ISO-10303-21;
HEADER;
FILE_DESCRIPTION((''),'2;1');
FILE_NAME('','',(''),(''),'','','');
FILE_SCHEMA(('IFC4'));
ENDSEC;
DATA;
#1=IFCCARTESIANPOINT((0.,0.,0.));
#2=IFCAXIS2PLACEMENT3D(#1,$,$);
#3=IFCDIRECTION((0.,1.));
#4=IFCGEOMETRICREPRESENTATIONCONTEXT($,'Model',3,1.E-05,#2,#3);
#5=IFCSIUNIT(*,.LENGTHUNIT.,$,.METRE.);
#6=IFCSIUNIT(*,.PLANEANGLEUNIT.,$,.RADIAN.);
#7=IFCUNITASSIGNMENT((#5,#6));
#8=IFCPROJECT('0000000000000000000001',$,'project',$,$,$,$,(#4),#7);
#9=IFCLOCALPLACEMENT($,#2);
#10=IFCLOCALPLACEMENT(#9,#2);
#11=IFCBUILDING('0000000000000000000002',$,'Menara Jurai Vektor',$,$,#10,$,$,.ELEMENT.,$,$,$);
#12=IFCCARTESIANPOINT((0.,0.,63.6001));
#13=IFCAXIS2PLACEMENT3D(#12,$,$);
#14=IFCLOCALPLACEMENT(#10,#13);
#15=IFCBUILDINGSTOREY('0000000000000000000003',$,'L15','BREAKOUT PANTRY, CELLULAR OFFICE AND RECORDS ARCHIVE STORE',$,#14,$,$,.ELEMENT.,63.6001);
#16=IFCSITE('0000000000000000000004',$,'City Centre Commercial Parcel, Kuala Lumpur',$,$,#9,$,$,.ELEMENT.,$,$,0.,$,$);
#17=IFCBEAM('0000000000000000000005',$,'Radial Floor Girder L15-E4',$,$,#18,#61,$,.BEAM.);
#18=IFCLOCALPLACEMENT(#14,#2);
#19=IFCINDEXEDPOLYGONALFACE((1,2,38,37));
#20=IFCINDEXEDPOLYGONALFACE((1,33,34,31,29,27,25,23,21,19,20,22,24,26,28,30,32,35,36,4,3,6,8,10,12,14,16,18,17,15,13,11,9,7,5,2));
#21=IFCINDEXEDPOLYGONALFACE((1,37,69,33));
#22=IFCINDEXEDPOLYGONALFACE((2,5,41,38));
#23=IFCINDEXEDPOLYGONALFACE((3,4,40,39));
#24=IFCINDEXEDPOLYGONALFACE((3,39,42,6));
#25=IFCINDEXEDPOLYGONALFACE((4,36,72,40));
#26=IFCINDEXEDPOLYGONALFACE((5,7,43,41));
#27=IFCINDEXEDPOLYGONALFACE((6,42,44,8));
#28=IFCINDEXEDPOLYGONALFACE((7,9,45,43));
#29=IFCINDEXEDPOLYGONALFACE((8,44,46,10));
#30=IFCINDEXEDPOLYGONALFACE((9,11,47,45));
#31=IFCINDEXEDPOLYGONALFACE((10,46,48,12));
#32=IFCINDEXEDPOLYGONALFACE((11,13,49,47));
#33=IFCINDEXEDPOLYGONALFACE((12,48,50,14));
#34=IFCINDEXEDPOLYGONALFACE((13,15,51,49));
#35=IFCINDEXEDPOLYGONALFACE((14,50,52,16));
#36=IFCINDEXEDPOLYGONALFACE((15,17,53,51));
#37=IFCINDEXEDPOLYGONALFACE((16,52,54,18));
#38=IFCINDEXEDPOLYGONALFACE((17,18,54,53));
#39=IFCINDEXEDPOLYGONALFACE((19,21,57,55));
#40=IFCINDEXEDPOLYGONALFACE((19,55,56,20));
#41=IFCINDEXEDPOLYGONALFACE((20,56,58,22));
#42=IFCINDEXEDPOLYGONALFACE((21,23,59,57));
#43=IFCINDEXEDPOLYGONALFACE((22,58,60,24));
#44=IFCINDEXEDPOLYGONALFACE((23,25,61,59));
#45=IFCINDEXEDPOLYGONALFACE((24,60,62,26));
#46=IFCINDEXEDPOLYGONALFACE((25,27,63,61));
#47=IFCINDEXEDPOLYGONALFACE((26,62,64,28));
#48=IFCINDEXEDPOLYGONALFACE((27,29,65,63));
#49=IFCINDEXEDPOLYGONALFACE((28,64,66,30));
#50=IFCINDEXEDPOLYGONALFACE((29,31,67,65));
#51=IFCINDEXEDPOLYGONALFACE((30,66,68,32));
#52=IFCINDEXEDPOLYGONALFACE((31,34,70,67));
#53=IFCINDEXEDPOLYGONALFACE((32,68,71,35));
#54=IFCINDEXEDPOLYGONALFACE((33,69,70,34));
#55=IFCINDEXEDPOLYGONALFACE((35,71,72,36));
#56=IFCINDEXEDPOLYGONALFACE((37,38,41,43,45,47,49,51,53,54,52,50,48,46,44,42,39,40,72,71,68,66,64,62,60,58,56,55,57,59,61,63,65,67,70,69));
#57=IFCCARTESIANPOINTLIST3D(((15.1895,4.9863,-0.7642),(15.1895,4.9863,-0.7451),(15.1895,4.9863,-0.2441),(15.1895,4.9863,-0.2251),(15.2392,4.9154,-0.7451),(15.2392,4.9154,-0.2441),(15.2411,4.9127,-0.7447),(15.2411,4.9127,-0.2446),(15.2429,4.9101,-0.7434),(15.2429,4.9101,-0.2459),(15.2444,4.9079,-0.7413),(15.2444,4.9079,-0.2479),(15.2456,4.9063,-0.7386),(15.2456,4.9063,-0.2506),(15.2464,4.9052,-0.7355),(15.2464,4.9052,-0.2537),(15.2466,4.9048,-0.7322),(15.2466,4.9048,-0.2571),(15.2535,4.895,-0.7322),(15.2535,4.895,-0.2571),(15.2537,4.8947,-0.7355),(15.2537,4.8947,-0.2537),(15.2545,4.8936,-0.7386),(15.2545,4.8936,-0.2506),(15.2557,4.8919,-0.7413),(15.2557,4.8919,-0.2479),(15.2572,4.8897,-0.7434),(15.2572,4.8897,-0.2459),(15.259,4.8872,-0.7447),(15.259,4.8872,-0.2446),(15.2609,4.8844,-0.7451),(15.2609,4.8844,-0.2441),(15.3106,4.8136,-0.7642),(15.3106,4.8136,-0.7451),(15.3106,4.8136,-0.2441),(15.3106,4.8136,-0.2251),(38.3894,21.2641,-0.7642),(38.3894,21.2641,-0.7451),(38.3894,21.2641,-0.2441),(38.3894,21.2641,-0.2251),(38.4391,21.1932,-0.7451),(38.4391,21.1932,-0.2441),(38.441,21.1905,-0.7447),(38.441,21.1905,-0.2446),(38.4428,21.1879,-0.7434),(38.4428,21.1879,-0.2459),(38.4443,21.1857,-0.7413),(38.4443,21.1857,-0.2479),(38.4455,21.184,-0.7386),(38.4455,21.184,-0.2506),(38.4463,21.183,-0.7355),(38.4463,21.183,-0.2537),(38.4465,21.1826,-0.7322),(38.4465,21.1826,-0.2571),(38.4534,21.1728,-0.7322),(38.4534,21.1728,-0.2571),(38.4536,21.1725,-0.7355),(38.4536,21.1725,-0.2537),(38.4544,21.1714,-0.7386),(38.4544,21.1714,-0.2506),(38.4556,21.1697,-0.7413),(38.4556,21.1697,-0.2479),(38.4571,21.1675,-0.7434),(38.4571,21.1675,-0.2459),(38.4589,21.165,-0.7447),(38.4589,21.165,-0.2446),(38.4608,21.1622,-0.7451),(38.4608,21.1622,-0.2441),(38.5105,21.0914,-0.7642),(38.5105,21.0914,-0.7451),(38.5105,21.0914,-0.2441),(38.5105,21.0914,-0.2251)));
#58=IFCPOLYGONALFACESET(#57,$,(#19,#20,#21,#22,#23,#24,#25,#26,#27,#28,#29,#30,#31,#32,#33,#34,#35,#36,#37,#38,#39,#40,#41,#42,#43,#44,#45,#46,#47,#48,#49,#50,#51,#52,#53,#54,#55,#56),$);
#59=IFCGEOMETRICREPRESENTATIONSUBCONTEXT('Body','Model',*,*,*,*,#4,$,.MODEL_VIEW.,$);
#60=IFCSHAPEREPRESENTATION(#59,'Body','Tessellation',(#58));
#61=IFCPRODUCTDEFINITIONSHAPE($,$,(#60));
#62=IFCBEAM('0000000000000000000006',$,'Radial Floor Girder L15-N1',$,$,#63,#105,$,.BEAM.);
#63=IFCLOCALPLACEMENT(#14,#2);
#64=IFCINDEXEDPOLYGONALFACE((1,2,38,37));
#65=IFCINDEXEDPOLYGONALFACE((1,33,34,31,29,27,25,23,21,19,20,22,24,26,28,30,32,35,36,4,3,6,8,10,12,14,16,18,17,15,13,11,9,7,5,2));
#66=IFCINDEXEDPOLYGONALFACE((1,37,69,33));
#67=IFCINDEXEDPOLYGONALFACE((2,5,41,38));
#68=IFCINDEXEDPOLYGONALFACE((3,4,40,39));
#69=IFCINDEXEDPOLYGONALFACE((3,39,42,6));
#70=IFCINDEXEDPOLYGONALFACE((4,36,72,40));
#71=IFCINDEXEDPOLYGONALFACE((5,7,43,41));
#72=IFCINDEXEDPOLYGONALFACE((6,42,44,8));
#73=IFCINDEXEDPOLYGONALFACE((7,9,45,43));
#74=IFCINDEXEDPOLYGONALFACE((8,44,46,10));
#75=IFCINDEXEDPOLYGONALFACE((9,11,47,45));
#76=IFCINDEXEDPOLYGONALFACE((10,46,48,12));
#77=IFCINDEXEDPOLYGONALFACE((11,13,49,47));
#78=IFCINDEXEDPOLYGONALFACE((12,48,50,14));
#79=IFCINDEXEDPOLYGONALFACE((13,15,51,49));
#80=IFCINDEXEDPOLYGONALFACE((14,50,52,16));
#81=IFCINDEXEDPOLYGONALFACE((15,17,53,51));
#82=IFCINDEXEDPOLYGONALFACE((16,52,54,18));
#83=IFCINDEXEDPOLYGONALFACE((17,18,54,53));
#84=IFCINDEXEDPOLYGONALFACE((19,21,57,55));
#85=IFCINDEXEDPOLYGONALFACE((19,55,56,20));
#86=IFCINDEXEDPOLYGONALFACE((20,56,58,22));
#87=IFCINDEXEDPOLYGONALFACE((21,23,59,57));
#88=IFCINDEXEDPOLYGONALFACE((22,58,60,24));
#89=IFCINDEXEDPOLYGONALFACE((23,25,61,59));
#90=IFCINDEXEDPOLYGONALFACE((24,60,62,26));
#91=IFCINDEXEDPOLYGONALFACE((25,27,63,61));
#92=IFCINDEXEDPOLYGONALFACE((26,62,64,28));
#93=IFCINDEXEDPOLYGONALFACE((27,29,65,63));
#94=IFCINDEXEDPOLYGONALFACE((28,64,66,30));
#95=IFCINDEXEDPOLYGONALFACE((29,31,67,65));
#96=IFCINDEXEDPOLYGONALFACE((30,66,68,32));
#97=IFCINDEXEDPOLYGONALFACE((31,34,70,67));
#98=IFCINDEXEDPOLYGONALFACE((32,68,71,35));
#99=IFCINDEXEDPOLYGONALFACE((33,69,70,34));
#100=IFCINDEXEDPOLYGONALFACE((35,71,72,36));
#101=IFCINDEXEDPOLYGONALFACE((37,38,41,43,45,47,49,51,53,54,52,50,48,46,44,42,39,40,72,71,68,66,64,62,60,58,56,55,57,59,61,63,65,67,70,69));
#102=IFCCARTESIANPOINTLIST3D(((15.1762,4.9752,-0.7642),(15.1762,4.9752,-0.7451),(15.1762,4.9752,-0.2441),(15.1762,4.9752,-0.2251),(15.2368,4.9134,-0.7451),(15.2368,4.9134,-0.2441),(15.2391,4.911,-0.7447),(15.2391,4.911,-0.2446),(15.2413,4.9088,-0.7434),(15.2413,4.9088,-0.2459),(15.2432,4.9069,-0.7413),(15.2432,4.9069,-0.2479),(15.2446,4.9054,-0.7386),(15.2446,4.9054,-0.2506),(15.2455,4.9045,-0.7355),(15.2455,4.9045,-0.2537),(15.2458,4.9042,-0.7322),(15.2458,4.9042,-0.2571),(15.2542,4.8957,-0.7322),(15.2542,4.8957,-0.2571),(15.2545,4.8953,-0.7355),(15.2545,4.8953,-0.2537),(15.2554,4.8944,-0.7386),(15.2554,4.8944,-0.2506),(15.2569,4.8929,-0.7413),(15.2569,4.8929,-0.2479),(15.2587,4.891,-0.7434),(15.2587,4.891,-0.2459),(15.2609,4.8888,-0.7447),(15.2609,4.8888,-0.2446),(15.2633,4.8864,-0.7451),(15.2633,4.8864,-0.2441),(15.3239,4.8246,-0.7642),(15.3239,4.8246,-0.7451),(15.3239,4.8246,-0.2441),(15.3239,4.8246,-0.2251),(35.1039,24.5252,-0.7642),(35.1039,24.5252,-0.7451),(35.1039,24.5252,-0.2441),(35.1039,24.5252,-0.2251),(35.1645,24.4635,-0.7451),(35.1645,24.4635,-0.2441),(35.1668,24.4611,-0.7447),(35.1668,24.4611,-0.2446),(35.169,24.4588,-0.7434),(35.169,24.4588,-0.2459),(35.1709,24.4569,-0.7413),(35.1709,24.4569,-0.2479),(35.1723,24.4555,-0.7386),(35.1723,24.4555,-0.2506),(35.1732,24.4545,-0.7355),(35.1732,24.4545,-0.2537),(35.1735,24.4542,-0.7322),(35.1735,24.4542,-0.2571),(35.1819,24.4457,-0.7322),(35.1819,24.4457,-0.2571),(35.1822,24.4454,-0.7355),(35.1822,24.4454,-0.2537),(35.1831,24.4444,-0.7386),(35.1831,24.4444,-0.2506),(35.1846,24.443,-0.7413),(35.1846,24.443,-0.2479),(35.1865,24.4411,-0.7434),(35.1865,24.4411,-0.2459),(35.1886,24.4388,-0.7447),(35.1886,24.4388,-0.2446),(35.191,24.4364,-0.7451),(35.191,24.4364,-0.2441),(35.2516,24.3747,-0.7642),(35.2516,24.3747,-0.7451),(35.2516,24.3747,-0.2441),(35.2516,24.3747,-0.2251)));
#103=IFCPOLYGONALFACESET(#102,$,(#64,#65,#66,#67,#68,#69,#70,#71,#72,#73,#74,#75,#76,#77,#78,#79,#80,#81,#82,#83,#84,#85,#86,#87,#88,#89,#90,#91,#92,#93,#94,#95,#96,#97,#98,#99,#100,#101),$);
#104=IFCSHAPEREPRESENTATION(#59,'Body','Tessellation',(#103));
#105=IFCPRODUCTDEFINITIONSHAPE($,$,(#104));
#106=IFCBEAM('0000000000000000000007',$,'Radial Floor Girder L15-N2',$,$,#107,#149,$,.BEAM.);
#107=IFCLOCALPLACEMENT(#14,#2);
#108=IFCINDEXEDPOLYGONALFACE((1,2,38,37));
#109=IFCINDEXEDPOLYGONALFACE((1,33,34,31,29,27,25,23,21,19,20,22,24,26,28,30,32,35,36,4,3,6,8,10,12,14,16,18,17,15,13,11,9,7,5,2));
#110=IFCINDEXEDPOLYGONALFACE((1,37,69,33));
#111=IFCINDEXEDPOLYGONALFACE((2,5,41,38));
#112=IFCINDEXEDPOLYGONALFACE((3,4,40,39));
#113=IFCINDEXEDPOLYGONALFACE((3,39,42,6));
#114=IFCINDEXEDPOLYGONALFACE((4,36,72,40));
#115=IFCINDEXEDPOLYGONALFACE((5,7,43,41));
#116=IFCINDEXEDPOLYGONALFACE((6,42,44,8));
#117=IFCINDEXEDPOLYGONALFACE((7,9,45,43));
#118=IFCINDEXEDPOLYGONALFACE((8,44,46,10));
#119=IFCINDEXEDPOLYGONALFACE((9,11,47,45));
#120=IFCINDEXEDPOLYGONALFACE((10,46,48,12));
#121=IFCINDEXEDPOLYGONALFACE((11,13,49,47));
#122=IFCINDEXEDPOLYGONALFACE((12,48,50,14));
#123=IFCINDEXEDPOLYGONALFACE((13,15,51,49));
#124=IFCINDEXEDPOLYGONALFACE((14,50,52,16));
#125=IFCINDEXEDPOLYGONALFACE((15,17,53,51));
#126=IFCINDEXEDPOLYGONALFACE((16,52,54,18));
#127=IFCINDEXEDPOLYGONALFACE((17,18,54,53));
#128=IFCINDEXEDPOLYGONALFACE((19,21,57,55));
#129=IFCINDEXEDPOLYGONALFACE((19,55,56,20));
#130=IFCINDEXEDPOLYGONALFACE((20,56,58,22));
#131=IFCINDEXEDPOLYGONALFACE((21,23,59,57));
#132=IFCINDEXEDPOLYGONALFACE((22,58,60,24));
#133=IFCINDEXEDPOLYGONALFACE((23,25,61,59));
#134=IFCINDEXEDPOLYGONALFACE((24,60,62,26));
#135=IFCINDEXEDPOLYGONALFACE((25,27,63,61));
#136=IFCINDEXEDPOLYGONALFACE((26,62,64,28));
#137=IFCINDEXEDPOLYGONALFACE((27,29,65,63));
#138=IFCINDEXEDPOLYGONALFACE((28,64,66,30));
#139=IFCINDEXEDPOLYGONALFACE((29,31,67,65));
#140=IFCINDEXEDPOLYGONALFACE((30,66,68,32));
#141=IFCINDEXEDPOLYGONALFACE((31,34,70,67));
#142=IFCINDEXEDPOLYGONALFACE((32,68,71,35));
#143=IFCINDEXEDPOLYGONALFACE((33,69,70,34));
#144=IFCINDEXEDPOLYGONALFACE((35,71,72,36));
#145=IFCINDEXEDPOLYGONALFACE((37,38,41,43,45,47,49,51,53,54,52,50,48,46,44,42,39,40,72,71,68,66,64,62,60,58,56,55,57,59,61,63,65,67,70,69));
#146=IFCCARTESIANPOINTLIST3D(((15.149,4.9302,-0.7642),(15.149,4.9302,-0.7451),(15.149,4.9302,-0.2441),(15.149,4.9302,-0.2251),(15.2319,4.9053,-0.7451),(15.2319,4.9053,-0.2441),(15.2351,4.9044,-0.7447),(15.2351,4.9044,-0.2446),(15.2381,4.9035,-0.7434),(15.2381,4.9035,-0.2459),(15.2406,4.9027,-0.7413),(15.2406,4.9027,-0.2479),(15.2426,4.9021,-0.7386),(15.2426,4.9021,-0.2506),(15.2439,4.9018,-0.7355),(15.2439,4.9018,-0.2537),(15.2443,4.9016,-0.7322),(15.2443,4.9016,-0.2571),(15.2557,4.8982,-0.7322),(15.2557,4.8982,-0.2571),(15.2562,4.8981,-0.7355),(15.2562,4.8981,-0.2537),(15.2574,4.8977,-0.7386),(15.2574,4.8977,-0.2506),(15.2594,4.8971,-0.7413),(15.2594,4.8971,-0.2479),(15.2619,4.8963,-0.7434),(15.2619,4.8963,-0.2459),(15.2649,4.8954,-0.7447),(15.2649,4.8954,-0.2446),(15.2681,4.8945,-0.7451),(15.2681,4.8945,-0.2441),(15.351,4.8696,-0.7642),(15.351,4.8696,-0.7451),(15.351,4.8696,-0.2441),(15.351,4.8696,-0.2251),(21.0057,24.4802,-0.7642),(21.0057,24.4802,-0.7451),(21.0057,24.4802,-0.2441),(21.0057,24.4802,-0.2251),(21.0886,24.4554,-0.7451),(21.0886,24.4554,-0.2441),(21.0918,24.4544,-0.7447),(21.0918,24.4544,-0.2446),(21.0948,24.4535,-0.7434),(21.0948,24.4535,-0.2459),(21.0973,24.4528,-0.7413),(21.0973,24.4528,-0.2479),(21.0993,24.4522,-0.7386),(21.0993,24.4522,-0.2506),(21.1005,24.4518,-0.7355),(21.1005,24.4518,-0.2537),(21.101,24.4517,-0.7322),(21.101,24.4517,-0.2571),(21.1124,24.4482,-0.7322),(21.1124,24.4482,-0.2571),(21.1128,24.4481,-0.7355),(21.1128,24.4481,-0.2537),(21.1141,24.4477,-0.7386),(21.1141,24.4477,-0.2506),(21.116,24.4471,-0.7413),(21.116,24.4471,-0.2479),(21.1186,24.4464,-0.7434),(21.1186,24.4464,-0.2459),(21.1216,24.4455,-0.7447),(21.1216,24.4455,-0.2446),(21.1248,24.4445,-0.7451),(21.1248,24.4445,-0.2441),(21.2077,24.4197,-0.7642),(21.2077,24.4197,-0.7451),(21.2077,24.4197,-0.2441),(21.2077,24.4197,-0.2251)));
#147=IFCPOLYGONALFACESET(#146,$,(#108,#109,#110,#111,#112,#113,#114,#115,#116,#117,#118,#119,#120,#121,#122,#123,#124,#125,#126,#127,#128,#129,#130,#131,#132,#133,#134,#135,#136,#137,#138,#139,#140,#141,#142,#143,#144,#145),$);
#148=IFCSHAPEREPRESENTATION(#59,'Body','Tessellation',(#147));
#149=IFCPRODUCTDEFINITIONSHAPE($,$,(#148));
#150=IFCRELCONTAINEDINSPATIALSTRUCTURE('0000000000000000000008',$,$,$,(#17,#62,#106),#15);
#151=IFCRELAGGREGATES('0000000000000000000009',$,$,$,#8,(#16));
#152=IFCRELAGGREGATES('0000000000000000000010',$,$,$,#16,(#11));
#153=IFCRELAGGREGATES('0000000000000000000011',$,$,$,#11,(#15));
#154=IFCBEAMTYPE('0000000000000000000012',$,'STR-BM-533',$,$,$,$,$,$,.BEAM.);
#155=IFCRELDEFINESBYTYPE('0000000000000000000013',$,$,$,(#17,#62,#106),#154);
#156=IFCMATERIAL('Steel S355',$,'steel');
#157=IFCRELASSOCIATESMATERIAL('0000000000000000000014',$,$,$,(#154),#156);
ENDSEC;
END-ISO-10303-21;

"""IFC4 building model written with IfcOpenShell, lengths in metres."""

from ifc_helpers import new_model, si_unit, direction, frame, origin, origin_2d, place, context, subcontext, project, spatial, i_section, extrude, material, material_profile, profile_set, type_object, element, save


model = new_model("IFC4")

# Units and contexts
model_context = context("Model", 3, precision=1e-05, world=origin(), true_north=direction((0.0, 1.0)))
body_context = subcontext(model_context, "Body", "Model", "MODEL_VIEW")
ifc_project = project(units=[si_unit("LENGTHUNIT", "METRE"), si_unit("PLANEANGLEUNIT", "RADIAN")], contexts=[model_context])

# Site, building, storey
site_placement = place(None, origin())
site = spatial("IfcSite", under=ifc_project, at=site_placement, Name="City Centre Commercial Parcel, Kuala Lumpur", CompositionType="ELEMENT", RefElevation=0.0)
building_placement = place(site_placement, origin())
building = spatial("IfcBuilding", under=site, at=building_placement, Name="Menara Jurai Vektor", CompositionType="ELEMENT")
storey_placement = place(building_placement, frame((0.0, 0.0, 63.6001)))
storey = spatial("IfcBuildingStorey", under=building, at=storey_placement, Name="L15", Description="BREAKOUT PANTRY, CELLULAR OFFICE AND RECORDS ARCHIVE STORE", CompositionType="ELEMENT", Elevation=63.6001)

# Beams
ifc_material_1 = material(Name="Steel S355", Category="steel")
ifc_material_profile_1 = material_profile(ifc_material_1, i_section(OverallWidth=0.2109, OverallDepth=0.5391, WebThickness=0.012, FlangeThickness=0.019, FilletRadius=0.0129, at=origin_2d()), Name="UKB 533x210x109")
ifc_profile_set_1 = profile_set([ifc_material_profile_1], Name="Steel S355")
beam_type_1 = type_object("IfcBeamType", Name="STR-BM-533", PredefinedType="BEAM", material=ifc_profile_set_1)
beam_1_placement = place(storey_placement, frame((38.45, 21.1777, -0.4946), z_axis=(-0.818604, -0.574359, 0.0), x_axis=(0.574359, -0.818604, 0.0)))
element("IfcBeam", 1, at=beam_1_placement, inside=storey, type_object=beam_type_1, Name="Radial Floor Girder L15-E4", PredefinedType="BEAM", context=body_context, shape_type="SweptSolid", body=[
    extrude(i_section(OverallWidth=0.2109, OverallDepth=0.5391, WebThickness=0.012, FlangeThickness=0.019, FilletRadius=0.0129, at=origin_2d()), origin(), (0.0, 0.0, 1.0), 28.3408),
])
beam_2_placement = place(storey_placement, frame((35.1777, 24.45, -0.4946), z_axis=(-0.713839, -0.70031, 0.0), x_axis=(0.70031, -0.713839, 0.0)))
element("IfcBeam", 2, at=beam_2_placement, inside=storey, type_object=beam_type_1, Name="Radial Floor Girder L15-N1", PredefinedType="BEAM", context=body_context, shape_type="SweptSolid", body=[
    extrude(i_section(OverallWidth=0.2109, OverallDepth=0.5391, WebThickness=0.012, FlangeThickness=0.019, FilletRadius=0.0129, at=origin_2d()), origin(), (0.0, 0.0, 1.0), 27.9163),
])
beam_3_placement = place(storey_placement, frame((21.1067, 24.45, -0.4946), z_axis=(-0.286974, -0.957938, 0.0), x_axis=(0.957938, -0.286974, 0.0)))
element("IfcBeam", 3, at=beam_3_placement, inside=storey, type_object=beam_type_1, Name="Radial Floor Girder L15-N2", PredefinedType="BEAM", context=body_context, shape_type="SweptSolid", body=[
    extrude(i_section(OverallWidth=0.2109, OverallDepth=0.5391, WebThickness=0.012, FlangeThickness=0.019, FilletRadius=0.0129, at=origin_2d()), origin(), (0.0, 0.0, 1.0), 20.4084),
])

save(model, "model.ifc")
